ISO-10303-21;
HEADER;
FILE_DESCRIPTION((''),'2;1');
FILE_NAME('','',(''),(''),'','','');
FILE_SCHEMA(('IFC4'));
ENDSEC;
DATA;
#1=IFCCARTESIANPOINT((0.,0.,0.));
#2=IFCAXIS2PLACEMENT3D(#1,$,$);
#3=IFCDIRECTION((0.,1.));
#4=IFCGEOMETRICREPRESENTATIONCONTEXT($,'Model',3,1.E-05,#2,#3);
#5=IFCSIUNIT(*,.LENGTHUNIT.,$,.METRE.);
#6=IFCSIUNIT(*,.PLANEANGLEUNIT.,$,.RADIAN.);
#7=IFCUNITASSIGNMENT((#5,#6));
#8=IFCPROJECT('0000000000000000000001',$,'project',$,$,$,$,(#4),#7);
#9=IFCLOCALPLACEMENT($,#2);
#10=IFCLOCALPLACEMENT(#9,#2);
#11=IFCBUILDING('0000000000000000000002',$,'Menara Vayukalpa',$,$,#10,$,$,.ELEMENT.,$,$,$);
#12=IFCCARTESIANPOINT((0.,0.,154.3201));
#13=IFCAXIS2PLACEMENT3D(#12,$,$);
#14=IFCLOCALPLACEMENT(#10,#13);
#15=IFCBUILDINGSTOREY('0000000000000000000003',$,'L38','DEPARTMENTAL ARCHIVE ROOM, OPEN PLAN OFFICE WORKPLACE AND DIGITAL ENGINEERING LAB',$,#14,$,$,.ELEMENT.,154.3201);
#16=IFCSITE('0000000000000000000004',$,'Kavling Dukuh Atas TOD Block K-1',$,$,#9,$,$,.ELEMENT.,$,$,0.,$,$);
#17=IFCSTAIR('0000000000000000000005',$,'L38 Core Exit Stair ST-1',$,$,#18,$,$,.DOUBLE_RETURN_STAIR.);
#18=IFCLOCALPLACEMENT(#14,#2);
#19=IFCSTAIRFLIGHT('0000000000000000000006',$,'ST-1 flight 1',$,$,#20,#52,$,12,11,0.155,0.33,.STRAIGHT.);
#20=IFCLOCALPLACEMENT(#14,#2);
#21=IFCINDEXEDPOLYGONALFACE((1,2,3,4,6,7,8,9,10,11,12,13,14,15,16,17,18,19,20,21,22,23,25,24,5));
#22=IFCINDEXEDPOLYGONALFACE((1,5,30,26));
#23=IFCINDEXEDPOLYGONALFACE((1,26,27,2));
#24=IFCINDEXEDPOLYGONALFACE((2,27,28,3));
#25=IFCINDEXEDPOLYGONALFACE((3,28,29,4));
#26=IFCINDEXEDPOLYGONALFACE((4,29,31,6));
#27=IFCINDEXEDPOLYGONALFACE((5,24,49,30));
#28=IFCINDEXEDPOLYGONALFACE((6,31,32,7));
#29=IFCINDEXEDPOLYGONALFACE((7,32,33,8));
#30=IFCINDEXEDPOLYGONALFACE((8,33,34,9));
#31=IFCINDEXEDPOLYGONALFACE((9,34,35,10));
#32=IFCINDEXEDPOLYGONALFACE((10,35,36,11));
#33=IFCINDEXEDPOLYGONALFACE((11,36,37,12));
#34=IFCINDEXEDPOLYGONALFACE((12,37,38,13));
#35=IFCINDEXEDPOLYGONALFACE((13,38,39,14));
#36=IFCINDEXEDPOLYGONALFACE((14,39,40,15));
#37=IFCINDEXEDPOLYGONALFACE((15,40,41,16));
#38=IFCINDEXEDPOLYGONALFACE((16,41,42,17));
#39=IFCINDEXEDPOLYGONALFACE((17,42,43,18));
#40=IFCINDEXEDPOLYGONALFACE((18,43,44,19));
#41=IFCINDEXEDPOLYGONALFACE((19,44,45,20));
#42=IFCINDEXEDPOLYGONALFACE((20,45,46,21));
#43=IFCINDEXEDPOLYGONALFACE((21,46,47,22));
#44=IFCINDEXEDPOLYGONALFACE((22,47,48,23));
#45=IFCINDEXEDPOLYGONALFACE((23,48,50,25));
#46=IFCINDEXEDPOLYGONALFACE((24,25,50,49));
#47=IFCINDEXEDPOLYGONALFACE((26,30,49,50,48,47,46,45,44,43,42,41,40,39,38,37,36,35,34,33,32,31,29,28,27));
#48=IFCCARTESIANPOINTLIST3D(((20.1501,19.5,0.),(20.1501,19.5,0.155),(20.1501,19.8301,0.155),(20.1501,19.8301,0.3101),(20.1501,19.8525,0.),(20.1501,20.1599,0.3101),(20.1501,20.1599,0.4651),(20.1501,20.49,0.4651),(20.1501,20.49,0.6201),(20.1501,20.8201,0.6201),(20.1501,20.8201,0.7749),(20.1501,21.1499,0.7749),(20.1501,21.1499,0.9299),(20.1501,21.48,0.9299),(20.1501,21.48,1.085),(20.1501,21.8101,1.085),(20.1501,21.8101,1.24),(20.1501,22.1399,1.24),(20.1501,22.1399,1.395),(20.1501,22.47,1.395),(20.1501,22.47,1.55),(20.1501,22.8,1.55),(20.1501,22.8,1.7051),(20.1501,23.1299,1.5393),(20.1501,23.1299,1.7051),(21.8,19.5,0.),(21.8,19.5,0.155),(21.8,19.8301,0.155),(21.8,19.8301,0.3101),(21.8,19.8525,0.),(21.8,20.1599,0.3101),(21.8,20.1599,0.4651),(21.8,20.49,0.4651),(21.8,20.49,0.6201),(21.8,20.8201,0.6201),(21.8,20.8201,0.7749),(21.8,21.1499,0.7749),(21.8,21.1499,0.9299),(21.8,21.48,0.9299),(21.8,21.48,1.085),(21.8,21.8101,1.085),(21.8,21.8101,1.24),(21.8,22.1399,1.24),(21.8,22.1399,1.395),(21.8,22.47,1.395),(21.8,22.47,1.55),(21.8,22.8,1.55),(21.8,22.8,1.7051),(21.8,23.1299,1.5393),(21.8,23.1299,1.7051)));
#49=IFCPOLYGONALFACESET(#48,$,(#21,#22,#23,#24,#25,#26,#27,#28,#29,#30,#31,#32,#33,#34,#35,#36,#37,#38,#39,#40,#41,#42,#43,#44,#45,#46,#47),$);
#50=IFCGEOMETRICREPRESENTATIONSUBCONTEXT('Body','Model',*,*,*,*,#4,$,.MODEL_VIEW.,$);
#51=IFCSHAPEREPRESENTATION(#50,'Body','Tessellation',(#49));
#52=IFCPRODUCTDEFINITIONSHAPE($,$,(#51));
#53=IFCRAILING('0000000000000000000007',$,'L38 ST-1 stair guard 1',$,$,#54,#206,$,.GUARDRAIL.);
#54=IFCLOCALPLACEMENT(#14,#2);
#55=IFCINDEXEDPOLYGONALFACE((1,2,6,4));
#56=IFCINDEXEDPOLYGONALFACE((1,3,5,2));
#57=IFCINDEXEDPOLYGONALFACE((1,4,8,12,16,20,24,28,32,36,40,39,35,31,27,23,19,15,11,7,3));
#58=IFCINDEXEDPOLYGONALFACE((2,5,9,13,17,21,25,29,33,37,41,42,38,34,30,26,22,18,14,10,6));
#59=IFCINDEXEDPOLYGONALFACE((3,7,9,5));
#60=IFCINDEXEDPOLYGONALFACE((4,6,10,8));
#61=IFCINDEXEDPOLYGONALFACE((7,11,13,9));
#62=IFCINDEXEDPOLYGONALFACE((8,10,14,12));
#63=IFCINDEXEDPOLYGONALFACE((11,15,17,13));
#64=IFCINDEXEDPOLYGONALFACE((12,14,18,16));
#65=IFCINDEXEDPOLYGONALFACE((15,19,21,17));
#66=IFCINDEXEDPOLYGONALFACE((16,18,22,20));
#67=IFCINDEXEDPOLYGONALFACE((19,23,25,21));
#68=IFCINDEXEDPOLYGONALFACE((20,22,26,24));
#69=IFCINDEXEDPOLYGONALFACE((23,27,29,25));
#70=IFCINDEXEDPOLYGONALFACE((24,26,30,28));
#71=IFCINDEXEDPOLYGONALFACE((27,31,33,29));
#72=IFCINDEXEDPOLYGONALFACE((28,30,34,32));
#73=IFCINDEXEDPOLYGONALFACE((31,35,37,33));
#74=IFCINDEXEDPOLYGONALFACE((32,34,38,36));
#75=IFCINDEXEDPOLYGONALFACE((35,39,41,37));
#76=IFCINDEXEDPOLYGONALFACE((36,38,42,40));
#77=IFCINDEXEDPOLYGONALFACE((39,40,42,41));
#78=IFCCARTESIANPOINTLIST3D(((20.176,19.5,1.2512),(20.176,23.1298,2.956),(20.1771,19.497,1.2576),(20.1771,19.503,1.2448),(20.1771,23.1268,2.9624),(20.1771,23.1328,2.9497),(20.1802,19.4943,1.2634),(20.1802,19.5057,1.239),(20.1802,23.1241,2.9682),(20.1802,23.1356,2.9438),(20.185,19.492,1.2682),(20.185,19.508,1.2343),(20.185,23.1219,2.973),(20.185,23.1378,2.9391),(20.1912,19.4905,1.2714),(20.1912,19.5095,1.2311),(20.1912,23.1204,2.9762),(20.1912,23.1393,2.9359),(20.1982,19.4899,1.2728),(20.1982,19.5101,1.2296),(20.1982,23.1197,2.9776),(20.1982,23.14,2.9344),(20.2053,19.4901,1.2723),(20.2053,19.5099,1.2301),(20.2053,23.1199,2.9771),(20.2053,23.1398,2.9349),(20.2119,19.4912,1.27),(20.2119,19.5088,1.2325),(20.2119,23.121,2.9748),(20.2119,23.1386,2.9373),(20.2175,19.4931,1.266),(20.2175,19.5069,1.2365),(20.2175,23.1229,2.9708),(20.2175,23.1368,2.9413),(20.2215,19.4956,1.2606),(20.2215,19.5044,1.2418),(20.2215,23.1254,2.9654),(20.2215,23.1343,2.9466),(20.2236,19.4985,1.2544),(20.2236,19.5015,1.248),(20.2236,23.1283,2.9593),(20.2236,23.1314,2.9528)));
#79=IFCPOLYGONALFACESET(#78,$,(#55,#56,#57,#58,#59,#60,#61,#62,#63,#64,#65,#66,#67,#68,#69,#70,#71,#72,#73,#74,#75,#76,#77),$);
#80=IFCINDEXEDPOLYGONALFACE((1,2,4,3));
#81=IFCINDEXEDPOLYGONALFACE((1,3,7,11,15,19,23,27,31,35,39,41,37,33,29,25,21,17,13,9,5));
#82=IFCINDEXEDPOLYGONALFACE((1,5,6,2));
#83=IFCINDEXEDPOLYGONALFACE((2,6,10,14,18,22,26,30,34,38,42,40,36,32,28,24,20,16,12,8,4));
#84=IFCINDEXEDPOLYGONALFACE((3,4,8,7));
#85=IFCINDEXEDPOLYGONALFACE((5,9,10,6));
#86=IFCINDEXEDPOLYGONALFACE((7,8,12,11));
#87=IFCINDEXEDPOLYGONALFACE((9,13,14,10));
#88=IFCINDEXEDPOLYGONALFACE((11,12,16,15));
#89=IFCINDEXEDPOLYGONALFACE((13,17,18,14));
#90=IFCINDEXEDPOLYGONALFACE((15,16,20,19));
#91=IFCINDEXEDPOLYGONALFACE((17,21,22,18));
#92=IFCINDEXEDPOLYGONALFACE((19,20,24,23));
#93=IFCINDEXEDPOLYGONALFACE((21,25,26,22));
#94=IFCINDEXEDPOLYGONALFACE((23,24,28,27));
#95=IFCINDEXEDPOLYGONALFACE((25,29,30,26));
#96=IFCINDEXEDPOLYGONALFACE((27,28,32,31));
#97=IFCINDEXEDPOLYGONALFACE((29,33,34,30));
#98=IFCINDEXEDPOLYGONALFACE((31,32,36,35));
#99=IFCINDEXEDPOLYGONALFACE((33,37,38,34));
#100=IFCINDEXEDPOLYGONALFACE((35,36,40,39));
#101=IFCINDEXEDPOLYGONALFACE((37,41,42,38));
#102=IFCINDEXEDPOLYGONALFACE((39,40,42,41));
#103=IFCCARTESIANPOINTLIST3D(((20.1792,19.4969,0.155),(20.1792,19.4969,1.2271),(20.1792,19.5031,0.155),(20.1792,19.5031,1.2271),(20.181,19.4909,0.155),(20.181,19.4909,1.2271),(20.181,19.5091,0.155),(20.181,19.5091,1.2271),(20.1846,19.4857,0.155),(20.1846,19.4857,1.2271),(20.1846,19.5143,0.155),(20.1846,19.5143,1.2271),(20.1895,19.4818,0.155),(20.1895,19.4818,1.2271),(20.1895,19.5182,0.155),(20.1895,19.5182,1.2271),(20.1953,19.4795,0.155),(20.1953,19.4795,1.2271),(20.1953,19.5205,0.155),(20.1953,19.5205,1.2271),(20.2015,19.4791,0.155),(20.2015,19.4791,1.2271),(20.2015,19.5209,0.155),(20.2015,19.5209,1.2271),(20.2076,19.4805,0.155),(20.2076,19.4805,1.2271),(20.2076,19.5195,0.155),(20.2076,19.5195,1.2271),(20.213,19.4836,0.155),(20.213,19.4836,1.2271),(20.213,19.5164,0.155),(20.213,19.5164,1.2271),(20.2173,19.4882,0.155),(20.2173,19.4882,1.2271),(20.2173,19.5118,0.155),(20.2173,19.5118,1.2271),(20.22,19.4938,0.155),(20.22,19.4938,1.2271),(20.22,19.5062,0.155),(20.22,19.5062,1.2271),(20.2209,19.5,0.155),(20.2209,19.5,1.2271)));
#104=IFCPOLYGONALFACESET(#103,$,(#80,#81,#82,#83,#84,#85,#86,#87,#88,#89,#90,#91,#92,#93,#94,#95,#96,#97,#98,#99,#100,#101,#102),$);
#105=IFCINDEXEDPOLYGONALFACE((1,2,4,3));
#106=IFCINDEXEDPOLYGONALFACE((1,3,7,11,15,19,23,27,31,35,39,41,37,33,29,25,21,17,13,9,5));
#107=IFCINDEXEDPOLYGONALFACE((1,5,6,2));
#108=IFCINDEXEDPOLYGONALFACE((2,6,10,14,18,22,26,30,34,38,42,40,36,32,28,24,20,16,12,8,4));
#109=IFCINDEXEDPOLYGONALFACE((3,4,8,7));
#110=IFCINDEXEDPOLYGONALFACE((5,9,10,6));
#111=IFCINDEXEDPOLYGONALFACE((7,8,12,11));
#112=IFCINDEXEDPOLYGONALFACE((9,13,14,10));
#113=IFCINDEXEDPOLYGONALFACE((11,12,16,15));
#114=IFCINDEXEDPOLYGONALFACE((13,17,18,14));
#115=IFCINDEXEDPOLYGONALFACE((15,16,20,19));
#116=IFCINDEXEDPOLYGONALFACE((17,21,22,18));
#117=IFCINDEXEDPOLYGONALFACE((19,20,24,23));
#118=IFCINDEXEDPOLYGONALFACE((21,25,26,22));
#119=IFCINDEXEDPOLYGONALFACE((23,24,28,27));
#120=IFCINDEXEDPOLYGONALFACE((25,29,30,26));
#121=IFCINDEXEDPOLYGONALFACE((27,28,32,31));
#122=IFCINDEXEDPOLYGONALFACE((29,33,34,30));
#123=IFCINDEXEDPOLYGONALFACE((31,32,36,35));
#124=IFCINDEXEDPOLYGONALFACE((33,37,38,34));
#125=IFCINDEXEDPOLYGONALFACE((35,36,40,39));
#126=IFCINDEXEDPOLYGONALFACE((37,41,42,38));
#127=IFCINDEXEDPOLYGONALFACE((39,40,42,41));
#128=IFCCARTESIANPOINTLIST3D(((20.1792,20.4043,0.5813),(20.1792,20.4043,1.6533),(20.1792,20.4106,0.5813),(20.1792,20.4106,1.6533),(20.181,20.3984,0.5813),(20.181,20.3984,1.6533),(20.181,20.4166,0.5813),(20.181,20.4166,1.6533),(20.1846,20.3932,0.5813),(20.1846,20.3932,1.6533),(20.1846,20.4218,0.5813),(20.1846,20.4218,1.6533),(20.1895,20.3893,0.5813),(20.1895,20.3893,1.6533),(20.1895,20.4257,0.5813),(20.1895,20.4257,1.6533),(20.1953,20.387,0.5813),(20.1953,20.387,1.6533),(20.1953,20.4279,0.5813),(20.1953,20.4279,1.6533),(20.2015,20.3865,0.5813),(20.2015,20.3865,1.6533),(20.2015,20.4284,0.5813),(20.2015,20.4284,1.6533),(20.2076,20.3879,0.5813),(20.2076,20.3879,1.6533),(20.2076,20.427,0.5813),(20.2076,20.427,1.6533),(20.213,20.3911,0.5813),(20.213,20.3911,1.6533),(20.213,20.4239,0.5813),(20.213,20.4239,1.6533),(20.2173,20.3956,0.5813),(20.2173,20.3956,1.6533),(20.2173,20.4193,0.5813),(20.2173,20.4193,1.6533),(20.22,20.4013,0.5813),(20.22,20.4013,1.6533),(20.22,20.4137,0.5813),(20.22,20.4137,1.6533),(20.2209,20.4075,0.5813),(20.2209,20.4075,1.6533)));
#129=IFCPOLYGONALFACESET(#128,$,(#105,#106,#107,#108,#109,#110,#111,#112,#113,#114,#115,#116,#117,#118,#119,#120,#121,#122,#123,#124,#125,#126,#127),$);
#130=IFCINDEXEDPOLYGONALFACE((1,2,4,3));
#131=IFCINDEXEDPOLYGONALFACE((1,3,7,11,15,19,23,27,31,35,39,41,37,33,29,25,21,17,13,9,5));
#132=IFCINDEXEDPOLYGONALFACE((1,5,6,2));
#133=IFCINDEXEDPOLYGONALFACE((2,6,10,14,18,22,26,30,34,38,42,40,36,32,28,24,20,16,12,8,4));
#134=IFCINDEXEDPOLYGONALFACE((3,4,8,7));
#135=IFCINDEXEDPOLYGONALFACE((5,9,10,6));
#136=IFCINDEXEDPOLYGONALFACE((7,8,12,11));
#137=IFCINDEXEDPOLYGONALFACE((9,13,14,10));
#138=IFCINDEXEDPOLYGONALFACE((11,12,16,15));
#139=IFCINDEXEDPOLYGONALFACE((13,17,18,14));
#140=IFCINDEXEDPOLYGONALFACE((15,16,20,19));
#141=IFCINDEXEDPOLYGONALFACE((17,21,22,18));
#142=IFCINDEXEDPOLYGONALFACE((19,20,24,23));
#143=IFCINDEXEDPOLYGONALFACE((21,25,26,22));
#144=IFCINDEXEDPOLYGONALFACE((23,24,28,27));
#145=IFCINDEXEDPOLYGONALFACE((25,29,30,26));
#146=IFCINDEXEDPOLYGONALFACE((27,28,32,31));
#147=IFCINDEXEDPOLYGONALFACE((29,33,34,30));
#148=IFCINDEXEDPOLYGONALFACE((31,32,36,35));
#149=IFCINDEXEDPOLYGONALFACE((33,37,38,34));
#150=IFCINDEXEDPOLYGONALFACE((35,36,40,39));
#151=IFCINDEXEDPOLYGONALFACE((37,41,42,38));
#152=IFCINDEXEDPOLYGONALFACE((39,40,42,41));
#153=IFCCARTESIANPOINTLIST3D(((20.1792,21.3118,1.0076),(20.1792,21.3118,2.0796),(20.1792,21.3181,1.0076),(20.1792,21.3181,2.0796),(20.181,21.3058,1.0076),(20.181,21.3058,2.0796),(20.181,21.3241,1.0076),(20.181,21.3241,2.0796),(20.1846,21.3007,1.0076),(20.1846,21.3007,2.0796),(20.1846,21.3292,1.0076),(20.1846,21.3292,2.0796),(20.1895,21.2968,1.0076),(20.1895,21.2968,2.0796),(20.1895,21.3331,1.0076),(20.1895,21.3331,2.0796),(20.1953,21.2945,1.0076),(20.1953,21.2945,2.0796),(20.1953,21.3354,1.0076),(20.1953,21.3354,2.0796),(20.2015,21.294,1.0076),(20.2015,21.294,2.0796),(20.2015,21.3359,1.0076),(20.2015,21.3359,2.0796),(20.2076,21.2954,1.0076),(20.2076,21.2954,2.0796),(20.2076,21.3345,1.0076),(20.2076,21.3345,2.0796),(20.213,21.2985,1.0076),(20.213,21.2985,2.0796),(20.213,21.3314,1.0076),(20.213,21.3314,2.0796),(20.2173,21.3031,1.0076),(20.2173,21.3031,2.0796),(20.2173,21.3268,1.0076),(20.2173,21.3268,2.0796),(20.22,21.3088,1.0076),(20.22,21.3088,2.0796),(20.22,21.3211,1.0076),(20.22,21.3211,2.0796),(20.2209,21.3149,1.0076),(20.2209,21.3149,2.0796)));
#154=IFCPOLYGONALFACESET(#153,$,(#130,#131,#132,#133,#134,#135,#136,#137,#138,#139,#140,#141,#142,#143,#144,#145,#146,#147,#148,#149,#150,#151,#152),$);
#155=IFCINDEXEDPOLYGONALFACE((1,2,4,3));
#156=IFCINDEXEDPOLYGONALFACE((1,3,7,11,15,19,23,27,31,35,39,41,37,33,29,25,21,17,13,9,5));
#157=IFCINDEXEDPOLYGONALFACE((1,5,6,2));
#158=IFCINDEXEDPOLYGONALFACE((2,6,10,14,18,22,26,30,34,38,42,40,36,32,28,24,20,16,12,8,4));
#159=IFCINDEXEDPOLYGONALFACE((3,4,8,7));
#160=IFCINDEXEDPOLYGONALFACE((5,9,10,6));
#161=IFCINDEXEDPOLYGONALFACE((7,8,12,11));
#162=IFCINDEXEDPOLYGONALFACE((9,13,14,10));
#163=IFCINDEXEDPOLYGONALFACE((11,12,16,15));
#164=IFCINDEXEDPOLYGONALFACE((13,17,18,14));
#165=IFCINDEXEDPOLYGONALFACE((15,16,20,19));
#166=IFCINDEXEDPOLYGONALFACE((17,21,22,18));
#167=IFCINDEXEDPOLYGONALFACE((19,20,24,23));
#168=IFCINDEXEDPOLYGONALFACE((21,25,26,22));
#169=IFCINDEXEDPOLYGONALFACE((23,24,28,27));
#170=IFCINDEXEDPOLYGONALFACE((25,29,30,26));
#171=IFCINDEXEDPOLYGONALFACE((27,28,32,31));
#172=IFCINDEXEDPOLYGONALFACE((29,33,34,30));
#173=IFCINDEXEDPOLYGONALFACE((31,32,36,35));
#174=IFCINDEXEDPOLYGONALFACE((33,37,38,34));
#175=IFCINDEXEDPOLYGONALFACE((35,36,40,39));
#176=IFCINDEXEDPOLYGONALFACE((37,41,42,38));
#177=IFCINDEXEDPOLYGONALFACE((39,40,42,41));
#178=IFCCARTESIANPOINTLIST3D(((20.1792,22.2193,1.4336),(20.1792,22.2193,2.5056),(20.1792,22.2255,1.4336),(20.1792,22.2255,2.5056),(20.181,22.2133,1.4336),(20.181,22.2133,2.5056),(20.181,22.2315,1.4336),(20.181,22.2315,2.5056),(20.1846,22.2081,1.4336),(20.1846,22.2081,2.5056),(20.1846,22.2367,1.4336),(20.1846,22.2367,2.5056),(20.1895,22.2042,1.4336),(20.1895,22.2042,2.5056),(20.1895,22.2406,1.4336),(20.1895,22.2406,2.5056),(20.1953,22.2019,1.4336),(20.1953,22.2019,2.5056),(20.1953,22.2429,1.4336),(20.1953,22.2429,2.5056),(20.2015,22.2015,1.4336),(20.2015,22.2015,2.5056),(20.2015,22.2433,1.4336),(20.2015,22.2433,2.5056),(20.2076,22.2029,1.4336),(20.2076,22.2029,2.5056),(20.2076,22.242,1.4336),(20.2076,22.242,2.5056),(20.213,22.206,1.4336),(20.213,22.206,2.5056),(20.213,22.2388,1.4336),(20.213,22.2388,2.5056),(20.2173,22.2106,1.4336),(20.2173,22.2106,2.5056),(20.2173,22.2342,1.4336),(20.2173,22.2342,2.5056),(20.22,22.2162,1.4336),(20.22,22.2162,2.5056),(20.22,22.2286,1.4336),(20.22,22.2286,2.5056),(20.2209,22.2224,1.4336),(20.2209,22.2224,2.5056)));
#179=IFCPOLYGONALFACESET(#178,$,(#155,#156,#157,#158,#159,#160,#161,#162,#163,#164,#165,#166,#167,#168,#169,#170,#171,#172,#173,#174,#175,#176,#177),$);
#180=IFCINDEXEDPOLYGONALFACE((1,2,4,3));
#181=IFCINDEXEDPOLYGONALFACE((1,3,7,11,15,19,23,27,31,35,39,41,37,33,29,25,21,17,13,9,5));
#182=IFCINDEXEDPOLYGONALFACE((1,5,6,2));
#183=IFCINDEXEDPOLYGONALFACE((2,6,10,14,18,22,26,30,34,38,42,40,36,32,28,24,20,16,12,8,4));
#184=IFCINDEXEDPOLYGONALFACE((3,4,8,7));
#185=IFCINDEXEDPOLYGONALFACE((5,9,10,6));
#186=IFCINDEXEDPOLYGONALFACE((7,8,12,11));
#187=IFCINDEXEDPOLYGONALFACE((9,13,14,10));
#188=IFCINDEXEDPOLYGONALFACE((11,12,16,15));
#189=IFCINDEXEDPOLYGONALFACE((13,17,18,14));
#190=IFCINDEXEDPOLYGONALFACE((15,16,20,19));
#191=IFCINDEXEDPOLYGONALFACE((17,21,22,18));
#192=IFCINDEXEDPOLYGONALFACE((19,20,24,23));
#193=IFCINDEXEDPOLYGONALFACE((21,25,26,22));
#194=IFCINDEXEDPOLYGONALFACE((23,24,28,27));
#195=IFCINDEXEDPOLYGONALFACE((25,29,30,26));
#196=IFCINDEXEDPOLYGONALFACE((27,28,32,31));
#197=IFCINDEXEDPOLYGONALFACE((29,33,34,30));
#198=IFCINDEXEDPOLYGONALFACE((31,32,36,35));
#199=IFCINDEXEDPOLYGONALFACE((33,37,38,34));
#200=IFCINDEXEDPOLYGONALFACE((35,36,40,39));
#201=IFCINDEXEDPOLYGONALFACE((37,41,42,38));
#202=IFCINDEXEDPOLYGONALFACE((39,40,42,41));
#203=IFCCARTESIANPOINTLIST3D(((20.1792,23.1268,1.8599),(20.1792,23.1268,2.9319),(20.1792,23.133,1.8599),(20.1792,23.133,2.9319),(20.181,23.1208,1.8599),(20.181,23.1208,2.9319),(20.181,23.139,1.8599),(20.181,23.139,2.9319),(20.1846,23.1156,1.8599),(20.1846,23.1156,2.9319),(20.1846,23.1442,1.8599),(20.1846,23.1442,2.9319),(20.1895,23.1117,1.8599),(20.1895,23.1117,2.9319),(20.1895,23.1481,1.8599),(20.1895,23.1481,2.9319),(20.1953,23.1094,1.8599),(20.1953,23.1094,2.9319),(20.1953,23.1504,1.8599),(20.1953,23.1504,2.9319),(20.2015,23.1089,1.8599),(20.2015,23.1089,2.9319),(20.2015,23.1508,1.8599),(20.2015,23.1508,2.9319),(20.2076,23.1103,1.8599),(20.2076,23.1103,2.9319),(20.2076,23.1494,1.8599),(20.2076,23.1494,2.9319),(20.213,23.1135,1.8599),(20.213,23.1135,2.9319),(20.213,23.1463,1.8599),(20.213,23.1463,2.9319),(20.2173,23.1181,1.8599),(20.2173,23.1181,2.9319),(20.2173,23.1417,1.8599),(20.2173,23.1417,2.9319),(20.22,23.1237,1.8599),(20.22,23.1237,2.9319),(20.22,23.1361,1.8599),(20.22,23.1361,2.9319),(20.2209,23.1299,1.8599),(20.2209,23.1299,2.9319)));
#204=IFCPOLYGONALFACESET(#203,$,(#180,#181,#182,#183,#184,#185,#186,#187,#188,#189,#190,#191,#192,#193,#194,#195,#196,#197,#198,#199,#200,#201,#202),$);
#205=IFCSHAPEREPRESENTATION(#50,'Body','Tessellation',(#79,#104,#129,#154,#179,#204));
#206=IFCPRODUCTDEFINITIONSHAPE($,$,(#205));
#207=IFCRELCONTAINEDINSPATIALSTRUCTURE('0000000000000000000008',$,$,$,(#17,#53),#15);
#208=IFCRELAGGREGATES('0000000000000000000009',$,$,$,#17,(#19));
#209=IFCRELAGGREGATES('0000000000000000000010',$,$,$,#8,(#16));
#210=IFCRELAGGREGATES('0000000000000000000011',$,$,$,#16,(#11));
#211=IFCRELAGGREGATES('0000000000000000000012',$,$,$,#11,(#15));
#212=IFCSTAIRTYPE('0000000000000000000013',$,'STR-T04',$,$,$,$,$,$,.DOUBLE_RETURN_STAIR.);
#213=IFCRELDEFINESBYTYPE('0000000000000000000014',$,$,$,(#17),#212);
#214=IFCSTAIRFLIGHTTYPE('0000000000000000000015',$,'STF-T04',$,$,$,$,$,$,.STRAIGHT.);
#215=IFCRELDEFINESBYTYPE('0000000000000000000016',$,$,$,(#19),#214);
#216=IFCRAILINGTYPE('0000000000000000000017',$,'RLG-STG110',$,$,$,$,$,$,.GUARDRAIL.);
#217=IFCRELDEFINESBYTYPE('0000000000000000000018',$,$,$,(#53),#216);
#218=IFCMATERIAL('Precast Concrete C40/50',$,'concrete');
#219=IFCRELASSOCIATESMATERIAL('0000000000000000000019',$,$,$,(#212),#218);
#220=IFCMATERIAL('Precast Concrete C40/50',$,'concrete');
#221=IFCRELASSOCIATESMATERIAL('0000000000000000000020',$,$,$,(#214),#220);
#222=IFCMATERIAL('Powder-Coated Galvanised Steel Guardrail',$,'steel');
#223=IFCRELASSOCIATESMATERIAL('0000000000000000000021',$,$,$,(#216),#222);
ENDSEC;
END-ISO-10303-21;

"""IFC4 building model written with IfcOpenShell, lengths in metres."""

from ifc_helpers import new_model, si_unit, direction, frame, origin, origin_2d, place, context, subcontext, project, spatial, polyline, circle, outline, extrude, material, type_object, element, aggregate, save


model = new_model("IFC4")

# Units and contexts
model_context = context("Model", 3, precision=1e-05, world=origin(), true_north=direction((0.0, 1.0)))
body_context = subcontext(model_context, "Body", "Model", "MODEL_VIEW")
ifc_project = project(units=[si_unit("LENGTHUNIT", "METRE"), si_unit("PLANEANGLEUNIT", "RADIAN")], contexts=[model_context])

# Site, building, storey
site_placement = place(None, origin())
site = spatial("IfcSite", under=ifc_project, at=site_placement, Name="Kavling Dukuh Atas TOD Block K-1", CompositionType="ELEMENT", RefElevation=0.0)
building_placement = place(site_placement, origin())
building = spatial("IfcBuilding", under=site, at=building_placement, Name="Menara Vayukalpa", CompositionType="ELEMENT")
storey_placement = place(building_placement, frame((0.0, 0.0, 154.3201)))
storey = spatial("IfcBuildingStorey", under=building, at=storey_placement, Name="L38", Description="DEPARTMENTAL ARCHIVE ROOM, OPEN PLAN OFFICE WORKPLACE AND DIGITAL ENGINEERING LAB", CompositionType="ELEMENT", Elevation=154.3201)

# Stair, stair flight
ifc_material_1 = material(Name="Precast Concrete C40/50", Category="concrete")
stair_type = type_object("IfcStairType", Name="STR-T04", PredefinedType="DOUBLE_RETURN_STAIR", material=ifc_material_1)
stair_placement = place(storey_placement, origin())
stair = element("IfcStair", 1, at=stair_placement, inside=storey, type_object=stair_type, Name="L38 Core Exit Stair ST-1", PredefinedType="DOUBLE_RETURN_STAIR")
ifc_material_2 = material(Name="Precast Concrete C40/50", Category="concrete")
stair_flight_type = type_object("IfcStairFlightType", Name="STF-T04", PredefinedType="STRAIGHT", material=ifc_material_2)
stair_flight_placement = place(storey_placement, frame((20.9751, 19.5, 0.0), z_axis=(0.0, 0.0, 1.0), x_axis=(0.0, 1.0, 0.0)))
stair_flight = element("IfcStairFlight", 2, at=stair_flight_placement, type_object=stair_flight_type, Name="ST-1 flight 1", NumberOfRisers=12, NumberOfTreads=11, PredefinedType="STRAIGHT", RiserHeight=0.155, TreadLength=0.33, context=body_context, shape_type="SweptSolid", body=[
    extrude(outline(polyline([(0.0, 0.0), (0.0, 0.155), (0.3301, 0.155), (0.3301, 0.3101), (0.6599, 0.3101), (0.6599, 0.4651), (0.99, 0.4651), (0.99, 0.6201), (1.3201, 0.6201), (1.3201, 0.7749), (1.6499, 0.7749), (1.6499, 0.9299), (1.98, 0.9299), (1.98, 1.085), (2.3101, 1.085), (2.3101, 1.24), (2.6399, 1.24), (2.6399, 1.395), (2.97, 1.395), (2.97, 1.55), (3.3, 1.55), (3.3, 1.7051), (3.6299, 1.7051), (3.6299, 1.8601), (3.6299, 1.5393), (0.3525, 0.0), (0.0, 0.0)])), frame((0.0, 0.825, 0.0), z_axis=(0.0, -1.0, 0.0), x_axis=(1.0, 0.0, 0.0)), (0.0, 0.0, 1.0), 1.6499),
])
aggregate(stair, [stair_flight])

# Railing
ifc_material_3 = material(Name="Powder-Coated Galvanised Steel Guardrail", Category="steel")
railing_type_1 = type_object("IfcRailingType", Name="RLG-STG110", PredefinedType="GUARDRAIL", material=ifc_material_3)
railing_1_placement = place(storey_placement, frame((20.2, 19.5, 0.155)))
element("IfcRailing", 3, at=railing_1_placement, inside=storey, type_object=railing_type_1, Name="L38 ST-1 stair guard 1", PredefinedType="GUARDRAIL", context=body_context, shape_type="SweptSolid", body=[
    extrude(circle(Radius=0.0239, at=origin_2d()), frame((0.0, 0.0, 1.0962), z_axis=(0.0, 0.90514, 0.425114), x_axis=(-1.0, 0.0, 0.0)), (0.0, 0.0, 1.0), 4.0103),
    extrude(circle(Radius=0.021, at=origin_2d()), origin(), (0.0, 0.0, 1.0), 1.072),
    extrude(circle(Radius=0.021, at=origin_2d()), frame((0.0, 0.9075, 0.4263)), (0.0, 0.0, 1.0), 1.072),
    extrude(circle(Radius=0.021, at=origin_2d()), frame((0.0, 1.8149, 0.8525)), (0.0, 0.0, 1.0), 1.072),
    extrude(circle(Radius=0.021, at=origin_2d()), frame((0.0, 2.7224, 1.2786)), (0.0, 0.0, 1.0), 1.072),
    extrude(circle(Radius=0.021, at=origin_2d()), frame((0.0, 3.6299, 1.7048)), (0.0, 0.0, 1.0), 1.072),
])

save(model, "model.ifc")
